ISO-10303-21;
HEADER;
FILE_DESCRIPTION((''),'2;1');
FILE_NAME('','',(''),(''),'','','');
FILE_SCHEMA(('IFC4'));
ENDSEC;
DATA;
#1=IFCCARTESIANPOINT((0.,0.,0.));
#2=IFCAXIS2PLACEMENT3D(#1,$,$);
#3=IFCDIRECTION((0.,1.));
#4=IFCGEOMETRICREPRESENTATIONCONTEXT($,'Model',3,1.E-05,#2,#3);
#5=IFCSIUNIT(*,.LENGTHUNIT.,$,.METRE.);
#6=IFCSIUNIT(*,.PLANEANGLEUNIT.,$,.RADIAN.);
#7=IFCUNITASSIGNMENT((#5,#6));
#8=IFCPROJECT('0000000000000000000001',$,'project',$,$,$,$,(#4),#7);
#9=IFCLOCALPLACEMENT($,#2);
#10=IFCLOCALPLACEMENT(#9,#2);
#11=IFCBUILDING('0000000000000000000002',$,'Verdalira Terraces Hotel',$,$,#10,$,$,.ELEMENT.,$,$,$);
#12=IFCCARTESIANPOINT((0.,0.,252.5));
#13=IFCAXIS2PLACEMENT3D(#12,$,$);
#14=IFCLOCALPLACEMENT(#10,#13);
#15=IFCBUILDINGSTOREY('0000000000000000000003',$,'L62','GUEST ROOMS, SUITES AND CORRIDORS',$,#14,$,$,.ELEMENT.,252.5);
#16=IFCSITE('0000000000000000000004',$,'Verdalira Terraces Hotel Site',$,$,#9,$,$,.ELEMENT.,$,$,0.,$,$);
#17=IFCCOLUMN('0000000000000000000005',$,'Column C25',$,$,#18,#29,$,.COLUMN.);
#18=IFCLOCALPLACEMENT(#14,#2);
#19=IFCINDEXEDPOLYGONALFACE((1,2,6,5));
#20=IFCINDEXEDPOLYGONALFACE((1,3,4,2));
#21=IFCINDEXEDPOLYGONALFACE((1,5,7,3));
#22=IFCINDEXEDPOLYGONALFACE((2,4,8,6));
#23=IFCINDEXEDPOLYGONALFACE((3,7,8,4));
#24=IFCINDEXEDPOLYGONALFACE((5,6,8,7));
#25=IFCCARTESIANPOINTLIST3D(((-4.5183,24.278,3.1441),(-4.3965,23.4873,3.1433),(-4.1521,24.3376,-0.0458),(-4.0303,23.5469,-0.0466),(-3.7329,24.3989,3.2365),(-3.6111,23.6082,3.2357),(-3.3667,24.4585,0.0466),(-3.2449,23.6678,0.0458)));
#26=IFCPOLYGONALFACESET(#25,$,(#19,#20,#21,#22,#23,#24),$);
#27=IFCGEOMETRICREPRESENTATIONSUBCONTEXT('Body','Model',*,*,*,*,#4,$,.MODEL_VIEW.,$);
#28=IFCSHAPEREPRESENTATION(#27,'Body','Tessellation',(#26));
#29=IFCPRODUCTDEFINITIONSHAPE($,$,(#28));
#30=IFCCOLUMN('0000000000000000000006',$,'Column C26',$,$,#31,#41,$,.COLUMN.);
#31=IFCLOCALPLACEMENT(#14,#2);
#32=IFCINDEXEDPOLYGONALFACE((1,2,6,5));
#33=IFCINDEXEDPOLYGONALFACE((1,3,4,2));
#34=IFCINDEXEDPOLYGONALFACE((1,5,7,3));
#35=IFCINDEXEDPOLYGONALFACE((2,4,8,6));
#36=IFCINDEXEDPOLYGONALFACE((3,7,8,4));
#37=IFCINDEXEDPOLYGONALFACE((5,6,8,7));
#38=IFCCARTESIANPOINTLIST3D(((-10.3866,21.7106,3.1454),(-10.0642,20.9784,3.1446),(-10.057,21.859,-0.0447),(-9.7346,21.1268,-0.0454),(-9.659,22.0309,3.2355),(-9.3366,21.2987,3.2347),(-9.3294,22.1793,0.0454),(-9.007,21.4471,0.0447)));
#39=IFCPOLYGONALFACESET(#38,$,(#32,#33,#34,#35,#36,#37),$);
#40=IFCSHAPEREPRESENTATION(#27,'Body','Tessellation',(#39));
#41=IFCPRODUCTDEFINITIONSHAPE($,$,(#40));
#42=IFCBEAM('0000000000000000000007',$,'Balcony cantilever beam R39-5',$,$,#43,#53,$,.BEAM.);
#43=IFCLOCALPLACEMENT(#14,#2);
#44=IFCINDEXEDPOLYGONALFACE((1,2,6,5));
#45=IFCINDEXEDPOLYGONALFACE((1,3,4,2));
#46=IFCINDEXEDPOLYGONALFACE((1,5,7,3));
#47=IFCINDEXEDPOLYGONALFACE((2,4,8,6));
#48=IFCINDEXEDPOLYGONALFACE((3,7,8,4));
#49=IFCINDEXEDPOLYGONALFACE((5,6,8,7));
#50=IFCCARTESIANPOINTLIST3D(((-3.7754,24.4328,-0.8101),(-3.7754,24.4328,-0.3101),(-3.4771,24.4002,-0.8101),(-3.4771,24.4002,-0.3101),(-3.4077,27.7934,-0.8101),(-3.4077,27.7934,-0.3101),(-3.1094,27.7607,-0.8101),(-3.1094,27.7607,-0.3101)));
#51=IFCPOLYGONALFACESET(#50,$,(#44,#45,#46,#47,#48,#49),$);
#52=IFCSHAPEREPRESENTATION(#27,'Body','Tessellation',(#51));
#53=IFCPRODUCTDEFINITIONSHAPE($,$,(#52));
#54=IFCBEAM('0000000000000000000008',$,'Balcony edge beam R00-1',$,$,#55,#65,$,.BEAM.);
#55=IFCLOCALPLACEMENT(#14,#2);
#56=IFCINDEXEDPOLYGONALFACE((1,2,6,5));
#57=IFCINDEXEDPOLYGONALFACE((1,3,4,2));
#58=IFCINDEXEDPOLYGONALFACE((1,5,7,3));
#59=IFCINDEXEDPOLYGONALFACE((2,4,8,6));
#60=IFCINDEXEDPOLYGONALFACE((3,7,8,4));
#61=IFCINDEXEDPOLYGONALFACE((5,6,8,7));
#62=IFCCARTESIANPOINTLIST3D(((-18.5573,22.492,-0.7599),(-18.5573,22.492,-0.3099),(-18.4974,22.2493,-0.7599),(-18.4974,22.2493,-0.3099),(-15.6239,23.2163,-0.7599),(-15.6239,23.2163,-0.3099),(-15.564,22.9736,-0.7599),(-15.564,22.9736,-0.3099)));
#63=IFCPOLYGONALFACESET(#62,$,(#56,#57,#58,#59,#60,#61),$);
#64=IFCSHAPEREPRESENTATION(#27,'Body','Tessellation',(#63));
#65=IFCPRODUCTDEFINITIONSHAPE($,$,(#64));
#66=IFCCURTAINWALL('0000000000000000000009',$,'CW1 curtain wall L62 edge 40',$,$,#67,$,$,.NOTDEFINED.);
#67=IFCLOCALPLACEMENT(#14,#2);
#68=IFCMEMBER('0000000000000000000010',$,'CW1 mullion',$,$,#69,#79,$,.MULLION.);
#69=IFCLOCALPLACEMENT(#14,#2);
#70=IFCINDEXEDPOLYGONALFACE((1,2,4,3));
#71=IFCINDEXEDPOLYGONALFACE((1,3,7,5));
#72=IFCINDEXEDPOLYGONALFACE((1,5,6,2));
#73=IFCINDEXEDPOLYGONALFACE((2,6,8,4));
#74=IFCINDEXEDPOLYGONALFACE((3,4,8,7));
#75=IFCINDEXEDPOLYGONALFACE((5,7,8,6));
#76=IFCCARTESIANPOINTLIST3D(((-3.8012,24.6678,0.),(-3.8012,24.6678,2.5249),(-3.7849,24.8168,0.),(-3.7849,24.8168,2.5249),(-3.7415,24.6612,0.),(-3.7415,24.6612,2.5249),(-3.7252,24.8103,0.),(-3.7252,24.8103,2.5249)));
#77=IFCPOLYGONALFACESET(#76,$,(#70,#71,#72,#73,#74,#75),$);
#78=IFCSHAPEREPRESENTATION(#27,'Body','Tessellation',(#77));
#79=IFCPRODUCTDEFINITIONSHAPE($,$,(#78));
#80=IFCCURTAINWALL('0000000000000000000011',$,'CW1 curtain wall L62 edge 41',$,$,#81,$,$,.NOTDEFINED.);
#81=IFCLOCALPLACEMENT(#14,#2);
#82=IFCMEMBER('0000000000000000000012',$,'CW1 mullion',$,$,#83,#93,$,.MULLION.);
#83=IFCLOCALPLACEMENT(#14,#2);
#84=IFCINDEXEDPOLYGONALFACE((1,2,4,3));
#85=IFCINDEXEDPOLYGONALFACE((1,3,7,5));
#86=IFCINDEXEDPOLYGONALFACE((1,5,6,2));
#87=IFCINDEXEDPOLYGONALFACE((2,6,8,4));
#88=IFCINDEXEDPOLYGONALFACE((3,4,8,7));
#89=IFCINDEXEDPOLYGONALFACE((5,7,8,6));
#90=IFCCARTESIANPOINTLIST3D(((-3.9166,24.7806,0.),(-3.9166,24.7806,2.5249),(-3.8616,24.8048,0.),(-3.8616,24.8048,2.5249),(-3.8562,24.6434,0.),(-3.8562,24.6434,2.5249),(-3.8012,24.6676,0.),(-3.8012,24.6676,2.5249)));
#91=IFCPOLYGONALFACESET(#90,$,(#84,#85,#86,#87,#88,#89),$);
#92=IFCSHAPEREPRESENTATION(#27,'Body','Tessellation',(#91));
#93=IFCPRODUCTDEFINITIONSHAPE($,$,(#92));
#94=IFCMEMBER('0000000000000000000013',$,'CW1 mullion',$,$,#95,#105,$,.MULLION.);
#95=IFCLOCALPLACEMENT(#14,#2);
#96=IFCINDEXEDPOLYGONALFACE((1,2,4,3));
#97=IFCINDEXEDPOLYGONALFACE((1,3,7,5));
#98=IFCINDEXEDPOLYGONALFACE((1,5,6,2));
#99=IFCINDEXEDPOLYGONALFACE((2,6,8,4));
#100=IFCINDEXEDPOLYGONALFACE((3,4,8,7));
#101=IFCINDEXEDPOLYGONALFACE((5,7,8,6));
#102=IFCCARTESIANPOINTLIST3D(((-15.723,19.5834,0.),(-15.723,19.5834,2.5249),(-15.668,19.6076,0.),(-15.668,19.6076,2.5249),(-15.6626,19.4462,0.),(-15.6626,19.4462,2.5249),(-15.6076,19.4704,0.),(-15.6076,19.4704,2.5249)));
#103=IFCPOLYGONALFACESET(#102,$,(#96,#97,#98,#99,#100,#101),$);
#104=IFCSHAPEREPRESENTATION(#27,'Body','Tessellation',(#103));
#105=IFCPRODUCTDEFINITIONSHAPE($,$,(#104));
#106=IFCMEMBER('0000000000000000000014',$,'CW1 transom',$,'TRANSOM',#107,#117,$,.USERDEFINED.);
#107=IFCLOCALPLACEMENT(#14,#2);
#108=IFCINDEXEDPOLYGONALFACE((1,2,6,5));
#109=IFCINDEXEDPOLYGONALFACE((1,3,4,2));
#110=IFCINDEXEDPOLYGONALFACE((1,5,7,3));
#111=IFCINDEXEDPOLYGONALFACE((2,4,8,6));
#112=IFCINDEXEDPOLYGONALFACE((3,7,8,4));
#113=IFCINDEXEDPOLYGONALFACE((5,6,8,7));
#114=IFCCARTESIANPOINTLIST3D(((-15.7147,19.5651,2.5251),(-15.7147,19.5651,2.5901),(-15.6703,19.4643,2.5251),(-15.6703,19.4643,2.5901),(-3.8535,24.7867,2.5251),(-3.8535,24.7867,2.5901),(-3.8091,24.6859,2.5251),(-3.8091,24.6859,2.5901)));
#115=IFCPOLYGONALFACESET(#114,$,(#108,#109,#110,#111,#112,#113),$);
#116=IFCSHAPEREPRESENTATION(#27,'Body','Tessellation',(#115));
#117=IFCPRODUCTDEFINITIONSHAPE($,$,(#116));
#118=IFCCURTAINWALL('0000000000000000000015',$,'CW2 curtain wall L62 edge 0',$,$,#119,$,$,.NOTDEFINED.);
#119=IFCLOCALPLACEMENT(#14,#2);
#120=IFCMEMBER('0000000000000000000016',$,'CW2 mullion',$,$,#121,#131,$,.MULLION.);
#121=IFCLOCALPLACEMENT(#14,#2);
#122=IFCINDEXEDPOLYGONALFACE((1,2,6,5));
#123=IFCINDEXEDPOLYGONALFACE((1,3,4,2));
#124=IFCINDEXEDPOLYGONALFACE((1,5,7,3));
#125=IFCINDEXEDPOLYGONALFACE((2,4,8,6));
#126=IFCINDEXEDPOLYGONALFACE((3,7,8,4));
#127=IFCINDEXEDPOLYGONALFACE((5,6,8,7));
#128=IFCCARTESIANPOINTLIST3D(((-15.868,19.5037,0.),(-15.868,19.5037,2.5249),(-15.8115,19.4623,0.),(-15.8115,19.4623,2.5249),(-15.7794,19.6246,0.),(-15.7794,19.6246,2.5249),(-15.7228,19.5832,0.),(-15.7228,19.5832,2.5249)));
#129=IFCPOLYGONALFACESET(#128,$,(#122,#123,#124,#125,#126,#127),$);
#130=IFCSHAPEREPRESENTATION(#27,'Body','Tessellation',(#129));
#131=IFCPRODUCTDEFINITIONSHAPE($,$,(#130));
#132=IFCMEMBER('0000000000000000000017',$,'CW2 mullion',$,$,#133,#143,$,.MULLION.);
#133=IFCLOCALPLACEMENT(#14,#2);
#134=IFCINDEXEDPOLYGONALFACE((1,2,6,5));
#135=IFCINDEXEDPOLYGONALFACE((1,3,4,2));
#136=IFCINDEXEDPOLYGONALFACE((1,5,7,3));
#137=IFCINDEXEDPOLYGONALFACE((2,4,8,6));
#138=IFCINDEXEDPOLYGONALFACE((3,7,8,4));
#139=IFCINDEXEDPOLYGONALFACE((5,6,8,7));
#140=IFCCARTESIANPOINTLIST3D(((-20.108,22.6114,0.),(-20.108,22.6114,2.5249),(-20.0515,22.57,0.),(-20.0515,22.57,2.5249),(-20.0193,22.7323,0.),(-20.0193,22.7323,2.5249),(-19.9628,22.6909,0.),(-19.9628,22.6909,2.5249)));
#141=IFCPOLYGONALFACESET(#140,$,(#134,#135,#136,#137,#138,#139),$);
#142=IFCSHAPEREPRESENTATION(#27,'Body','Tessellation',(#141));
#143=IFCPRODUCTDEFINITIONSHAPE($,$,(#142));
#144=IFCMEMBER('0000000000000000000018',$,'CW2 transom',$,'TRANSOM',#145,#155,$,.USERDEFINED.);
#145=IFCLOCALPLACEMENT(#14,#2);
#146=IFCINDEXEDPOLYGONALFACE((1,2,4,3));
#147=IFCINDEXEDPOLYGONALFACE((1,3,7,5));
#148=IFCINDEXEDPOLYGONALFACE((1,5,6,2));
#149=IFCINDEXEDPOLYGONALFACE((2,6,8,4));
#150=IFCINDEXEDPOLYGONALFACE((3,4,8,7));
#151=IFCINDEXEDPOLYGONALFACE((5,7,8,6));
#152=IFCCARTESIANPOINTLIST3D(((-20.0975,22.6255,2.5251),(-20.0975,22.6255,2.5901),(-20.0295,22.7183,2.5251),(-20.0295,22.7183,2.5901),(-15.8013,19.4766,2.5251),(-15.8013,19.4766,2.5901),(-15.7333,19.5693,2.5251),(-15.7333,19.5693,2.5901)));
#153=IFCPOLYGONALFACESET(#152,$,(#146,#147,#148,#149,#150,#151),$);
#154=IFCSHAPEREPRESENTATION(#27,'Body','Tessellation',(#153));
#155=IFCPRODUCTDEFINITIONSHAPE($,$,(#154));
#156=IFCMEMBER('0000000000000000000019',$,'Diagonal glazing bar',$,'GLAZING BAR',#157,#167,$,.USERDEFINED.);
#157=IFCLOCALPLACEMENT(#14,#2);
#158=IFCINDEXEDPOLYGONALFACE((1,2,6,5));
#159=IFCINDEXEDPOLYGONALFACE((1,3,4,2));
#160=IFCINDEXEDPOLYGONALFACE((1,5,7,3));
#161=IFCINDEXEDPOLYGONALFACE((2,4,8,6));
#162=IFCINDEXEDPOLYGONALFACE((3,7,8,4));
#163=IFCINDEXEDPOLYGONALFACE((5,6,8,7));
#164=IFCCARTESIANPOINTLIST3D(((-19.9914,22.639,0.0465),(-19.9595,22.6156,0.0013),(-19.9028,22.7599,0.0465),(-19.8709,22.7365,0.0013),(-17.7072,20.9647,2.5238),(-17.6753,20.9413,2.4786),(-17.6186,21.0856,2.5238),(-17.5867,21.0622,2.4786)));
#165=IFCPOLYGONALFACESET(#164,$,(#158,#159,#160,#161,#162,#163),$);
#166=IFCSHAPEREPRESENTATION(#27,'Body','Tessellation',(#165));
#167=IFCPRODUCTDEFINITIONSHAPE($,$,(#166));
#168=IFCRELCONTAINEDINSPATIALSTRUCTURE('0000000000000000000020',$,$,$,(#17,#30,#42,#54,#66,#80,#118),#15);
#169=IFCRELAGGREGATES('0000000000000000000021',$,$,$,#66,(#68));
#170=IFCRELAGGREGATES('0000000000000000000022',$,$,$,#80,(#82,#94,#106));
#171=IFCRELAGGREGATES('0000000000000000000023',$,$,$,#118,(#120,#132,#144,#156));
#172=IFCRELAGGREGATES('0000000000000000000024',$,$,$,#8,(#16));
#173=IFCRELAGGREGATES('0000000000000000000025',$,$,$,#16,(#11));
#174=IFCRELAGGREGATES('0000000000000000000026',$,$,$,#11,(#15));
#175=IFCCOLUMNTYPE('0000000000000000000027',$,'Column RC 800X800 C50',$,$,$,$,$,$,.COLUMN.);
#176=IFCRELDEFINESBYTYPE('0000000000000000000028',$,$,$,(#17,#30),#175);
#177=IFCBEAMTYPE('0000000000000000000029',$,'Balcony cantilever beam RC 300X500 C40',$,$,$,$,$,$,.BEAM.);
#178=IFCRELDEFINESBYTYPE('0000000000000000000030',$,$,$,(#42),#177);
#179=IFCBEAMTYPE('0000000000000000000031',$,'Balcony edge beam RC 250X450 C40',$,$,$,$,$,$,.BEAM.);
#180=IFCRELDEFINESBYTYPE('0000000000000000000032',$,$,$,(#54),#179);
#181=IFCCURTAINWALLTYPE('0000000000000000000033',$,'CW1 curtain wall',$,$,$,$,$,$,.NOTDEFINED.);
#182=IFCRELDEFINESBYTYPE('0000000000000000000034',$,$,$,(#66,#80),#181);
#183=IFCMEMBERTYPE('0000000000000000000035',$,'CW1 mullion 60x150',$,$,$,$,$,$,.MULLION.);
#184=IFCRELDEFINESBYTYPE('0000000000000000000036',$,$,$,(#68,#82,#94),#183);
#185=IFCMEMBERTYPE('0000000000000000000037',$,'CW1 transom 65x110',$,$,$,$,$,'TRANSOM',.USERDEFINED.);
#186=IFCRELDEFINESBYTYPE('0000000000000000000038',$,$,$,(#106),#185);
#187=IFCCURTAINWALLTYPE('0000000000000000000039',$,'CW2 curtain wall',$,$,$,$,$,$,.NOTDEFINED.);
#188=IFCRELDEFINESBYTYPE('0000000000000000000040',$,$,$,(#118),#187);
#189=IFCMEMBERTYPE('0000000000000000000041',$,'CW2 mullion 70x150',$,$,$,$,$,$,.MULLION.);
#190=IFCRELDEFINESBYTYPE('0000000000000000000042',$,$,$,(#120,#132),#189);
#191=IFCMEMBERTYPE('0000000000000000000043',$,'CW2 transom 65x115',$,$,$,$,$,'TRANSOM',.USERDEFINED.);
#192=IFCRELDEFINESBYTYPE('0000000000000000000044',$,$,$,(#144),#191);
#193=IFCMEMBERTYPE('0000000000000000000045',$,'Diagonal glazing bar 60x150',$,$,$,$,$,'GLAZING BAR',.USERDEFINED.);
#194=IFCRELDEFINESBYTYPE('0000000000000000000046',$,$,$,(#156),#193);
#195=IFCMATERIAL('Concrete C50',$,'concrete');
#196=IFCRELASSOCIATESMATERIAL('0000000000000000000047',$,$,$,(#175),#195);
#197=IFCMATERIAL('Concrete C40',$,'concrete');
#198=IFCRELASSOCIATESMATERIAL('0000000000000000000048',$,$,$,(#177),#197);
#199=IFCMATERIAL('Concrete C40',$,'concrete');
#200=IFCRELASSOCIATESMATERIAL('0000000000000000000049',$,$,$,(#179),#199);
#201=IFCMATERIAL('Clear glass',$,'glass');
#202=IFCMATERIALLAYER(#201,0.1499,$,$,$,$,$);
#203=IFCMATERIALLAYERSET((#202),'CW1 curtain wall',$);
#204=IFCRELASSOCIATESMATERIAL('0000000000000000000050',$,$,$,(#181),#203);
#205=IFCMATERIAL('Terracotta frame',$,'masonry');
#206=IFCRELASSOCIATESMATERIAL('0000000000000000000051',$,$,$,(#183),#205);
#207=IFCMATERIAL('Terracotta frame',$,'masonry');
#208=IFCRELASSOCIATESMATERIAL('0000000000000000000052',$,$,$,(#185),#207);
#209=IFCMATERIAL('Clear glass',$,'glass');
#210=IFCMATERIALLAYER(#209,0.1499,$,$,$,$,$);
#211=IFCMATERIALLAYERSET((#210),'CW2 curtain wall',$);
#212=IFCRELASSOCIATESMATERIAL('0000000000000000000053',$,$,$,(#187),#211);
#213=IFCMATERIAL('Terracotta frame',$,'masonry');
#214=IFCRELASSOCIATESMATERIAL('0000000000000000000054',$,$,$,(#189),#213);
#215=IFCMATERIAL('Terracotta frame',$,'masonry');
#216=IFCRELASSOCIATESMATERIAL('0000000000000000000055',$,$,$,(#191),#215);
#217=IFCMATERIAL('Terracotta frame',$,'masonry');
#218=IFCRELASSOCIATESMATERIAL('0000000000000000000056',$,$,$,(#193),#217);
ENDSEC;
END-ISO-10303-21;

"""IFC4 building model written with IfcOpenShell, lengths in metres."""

from ifc_helpers import new_model, si_unit, direction, frame, origin, origin_2d, place, context, subcontext, project, spatial, rectangle, extrude, material, layer, layer_set, material_profile, profile_set, type_object, element, aggregate, save


model = new_model("IFC4")

# Units and contexts
model_context = context("Model", 3, precision=1e-05, world=origin(), true_north=direction((0.0, 1.0)))
body_context = subcontext(model_context, "Body", "Model", "MODEL_VIEW")
ifc_project = project(units=[si_unit("LENGTHUNIT", "METRE"), si_unit("PLANEANGLEUNIT", "RADIAN")], contexts=[model_context])

# Site, building, storey
site_placement = place(None, origin())
site = spatial("IfcSite", under=ifc_project, at=site_placement, Name="Verdalira Terraces Hotel Site", CompositionType="ELEMENT", RefElevation=0.0)
building_placement = place(site_placement, origin())
building = spatial("IfcBuilding", under=site, at=building_placement, Name="Verdalira Terraces Hotel", CompositionType="ELEMENT")
storey_placement = place(building_placement, frame((0.0, 0.0, 252.5)))
storey = spatial("IfcBuildingStorey", under=building, at=storey_placement, Name="L62", Description="GUEST ROOMS, SUITES AND CORRIDORS", CompositionType="ELEMENT", Elevation=252.5)

# Columns
ifc_material_1 = material(Name="Concrete C50", Category="concrete")
ifc_material_profile_1 = material_profile(ifc_material_1, rectangle(XDim=0.8, YDim=0.8, at=origin_2d()), Name="RC 800X800")
ifc_profile_set_1 = profile_set([ifc_material_profile_1], Name="Concrete C50")
column_type = type_object("IfcColumnType", Name="Column RC 800X800 C50", PredefinedType="COLUMN", material=ifc_profile_set_1)
column_1_placement = place(storey_placement, frame((-3.6985, 24.0027, 0.0), z_axis=(-0.114033, -0.018549, 0.993304), x_axis=(0.981736, 0.151152, 0.115528)))
element("IfcColumn", 1, at=column_1_placement, inside=storey, type_object=column_type, Name="Column C25", PredefinedType="COLUMN", context=body_context, shape_type="SweptSolid", body=[
    extrude(rectangle(XDim=0.8, YDim=0.8, at=origin_2d()), origin(), (0.0, 0.0, 1.0), 3.2114),
])
column_2_placement = place(storey_placement, frame((-9.532, 21.6531, 0.0), z_axis=(-0.102665, -0.046237, 0.993641), x_axis=(-0.909427, -0.400332, -0.112592)))
element("IfcColumn", 2, at=column_2_placement, inside=storey, type_object=column_type, Name="Column C26", PredefinedType="COLUMN", context=body_context, shape_type="SweptSolid", body=[
    extrude(rectangle(XDim=0.8, YDim=0.8, at=origin_2d()), origin(), (0.0, 0.0, 1.0), 3.2104),
])

# Beams
ifc_material_2 = material(Name="Concrete C40", Category="concrete")
ifc_material_profile_2 = material_profile(ifc_material_2, rectangle(XDim=0.3, YDim=0.5, at=origin_2d()), Name="RC 300X500")
ifc_profile_set_2 = profile_set([ifc_material_profile_2], Name="Concrete C40")
beam_type_1 = type_object("IfcBeamType", Name="Balcony cantilever beam RC 300X500 C40", PredefinedType="BEAM", material=ifc_profile_set_2)
beam_1_placement = place(storey_placement, frame((-3.6262, 24.4165, -0.5601), z_axis=(0.108759, 0.994068, 0.0), x_axis=(-0.994068, 0.108759, 0.0)))
element("IfcBeam", 3, at=beam_1_placement, inside=storey, type_object=beam_type_1, Name="Balcony cantilever beam R39-5", PredefinedType="BEAM", context=body_context, shape_type="SweptSolid", body=[
    extrude(rectangle(XDim=0.3, YDim=0.5, at=origin_2d()), origin(), (0.0, 0.0, 1.0), 3.3806),
])
ifc_material_3 = material(Name="Concrete C40", Category="concrete")
ifc_material_profile_3 = material_profile(ifc_material_3, rectangle(XDim=0.25, YDim=0.45, at=origin_2d()), Name="RC 250X450")
ifc_profile_set_3 = profile_set([ifc_material_profile_3], Name="Concrete C40")
beam_type_2 = type_object("IfcBeamType", Name="Balcony edge beam RC 250X450 C40", PredefinedType="BEAM", material=ifc_profile_set_3)
beam_2_placement = place(storey_placement, frame((-18.5273, 22.3706, -0.5349), z_axis=(0.970837, 0.23974, 0.0), x_axis=(-0.23974, 0.970837, 0.0)))
element("IfcBeam", 4, at=beam_2_placement, inside=storey, type_object=beam_type_2, Name="Balcony edge beam R00-1", PredefinedType="BEAM", context=body_context, shape_type="SweptSolid", body=[
    extrude(rectangle(XDim=0.25, YDim=0.45, at=origin_2d()), origin(), (0.0, 0.0, 1.0), 3.0215),
])

# Curtain wall, member
ifc_material_4 = material(Name="Clear glass", Category="glass")
ifc_layer_1 = layer(ifc_material_4, 0.1499)
ifc_layer_set_1 = layer_set([ifc_layer_1], Name="CW1 curtain wall")
curtain_wall_type_1 = type_object("IfcCurtainWallType", Name="CW1 curtain wall", PredefinedType="NOTDEFINED", material=ifc_layer_set_1)
curtain_wall_1_placement = place(storey_placement, origin())
curtain_wall_1 = element("IfcCurtainWall", 5, at=curtain_wall_1_placement, inside=storey, type_object=curtain_wall_type_1, Name="CW1 curtain wall L62 edge 40", PredefinedType="NOTDEFINED")
ifc_material_5 = material(Name="Terracotta frame", Category="masonry")
ifc_material_profile_4 = material_profile(ifc_material_5, rectangle(XDim=0.0601, YDim=0.1499, at=origin_2d()), Name="MU 60x150")
ifc_profile_set_4 = profile_set([ifc_material_profile_4], Name="Terracotta frame")
member_type_1 = type_object("IfcMemberType", Name="CW1 mullion 60x150", PredefinedType="MULLION", material=ifc_profile_set_4)
member_1_placement = place(storey_placement, frame((-3.7632, 24.739, 0.0), z_axis=(0.0, 0.0, 1.0), x_axis=(-0.994075, 0.108693, 0.0)))
member_1 = element("IfcMember", 6, at=member_1_placement, type_object=member_type_1, Name="CW1 mullion", PredefinedType="MULLION", context=body_context, shape_type="SweptSolid", body=[
    extrude(rectangle(XDim=0.0601, YDim=0.1499, at=origin_2d()), origin(), (0.0, 0.0, 1.0), 2.5249),
])
aggregate(curtain_wall_1, [member_1])

# Curtain walls, members
curtain_wall_2_placement = place(storey_placement, origin())
curtain_wall_2 = element("IfcCurtainWall", 7, at=curtain_wall_2_placement, inside=storey, type_object=curtain_wall_type_1, Name="CW1 curtain wall L62 edge 41", PredefinedType="NOTDEFINED")
member_2_placement = place(storey_placement, frame((-3.8589, 24.7241, 0.0), z_axis=(0.0, 0.0, 1.0), x_axis=(-0.915241, -0.402906, 0.0)))
member_2 = element("IfcMember", 8, at=member_2_placement, type_object=member_type_1, Name="CW1 mullion", PredefinedType="MULLION", context=body_context, shape_type="SweptSolid", body=[
    extrude(rectangle(XDim=0.0601, YDim=0.1499, at=origin_2d()), origin(), (0.0, 0.0, 1.0), 2.5249),
])
member_3_placement = place(storey_placement, frame((-15.6653, 19.5269, 0.0), z_axis=(0.0, 0.0, 1.0), x_axis=(-0.915241, -0.402906, 0.0)))
member_3 = element("IfcMember", 9, at=member_3_placement, type_object=member_type_1, Name="CW1 mullion", PredefinedType="MULLION", context=body_context, shape_type="SweptSolid", body=[
    extrude(rectangle(XDim=0.0601, YDim=0.1499, at=origin_2d()), origin(), (0.0, 0.0, 1.0), 2.5249),
])
ifc_material_6 = material(Name="Terracotta frame", Category="masonry")
ifc_material_profile_5 = material_profile(ifc_material_6, rectangle(XDim=0.1101, YDim=0.0649, at=origin_2d()), Name="TR 65x110")
ifc_profile_set_5 = profile_set([ifc_material_profile_5], Name="Terracotta frame")
member_type_2 = type_object("IfcMemberType", Name="CW1 transom 65x110", ElementType="TRANSOM", PredefinedType="USERDEFINED", material=ifc_profile_set_5)
member_4_placement = place(storey_placement, frame((-3.8313, 24.7363, 2.5576), z_axis=(-0.915238, -0.402913, 0.0), x_axis=(0.402913, -0.915238, 0.0)))
member_4 = element("IfcMember", 10, at=member_4_placement, type_object=member_type_2, Name="CW1 transom", ObjectType="TRANSOM", PredefinedType="USERDEFINED", context=body_context, shape_type="SweptSolid", body=[
    extrude(rectangle(XDim=0.1101, YDim=0.0649, at=origin_2d()), origin(), (0.0, 0.0, 1.0), 12.9597),
])
ifc_material_7 = material(Name="Clear glass", Category="glass")
ifc_layer_2 = layer(ifc_material_7, 0.1499)
ifc_layer_set_2 = layer_set([ifc_layer_2], Name="CW2 curtain wall")
curtain_wall_type_2 = type_object("IfcCurtainWallType", Name="CW2 curtain wall", PredefinedType="NOTDEFINED", material=ifc_layer_set_2)
curtain_wall_3_placement = place(storey_placement, origin())
curtain_wall_3 = element("IfcCurtainWall", 11, at=curtain_wall_3_placement, inside=storey, type_object=curtain_wall_type_2, Name="CW2 curtain wall L62 edge 0", PredefinedType="NOTDEFINED")
ifc_material_8 = material(Name="Terracotta frame", Category="masonry")
ifc_material_profile_6 = material_profile(ifc_material_8, rectangle(XDim=0.0701, YDim=0.1499, at=origin_2d()), Name="MU 70x150")
ifc_profile_set_6 = profile_set([ifc_material_profile_6], Name="Terracotta frame")
member_type_3 = type_object("IfcMemberType", Name="CW2 mullion 70x150", PredefinedType="MULLION", material=ifc_profile_set_6)
member_5_placement = place(storey_placement, frame((-15.7954, 19.5435, 0.0), z_axis=(0.0, 0.0, 1.0), x_axis=(-0.806548, 0.591169, 0.0)))
member_5 = element("IfcMember", 12, at=member_5_placement, type_object=member_type_3, Name="CW2 mullion", PredefinedType="MULLION", context=body_context, shape_type="SweptSolid", body=[
    extrude(rectangle(XDim=0.0701, YDim=0.1499, at=origin_2d()), origin(), (0.0, 0.0, 1.0), 2.5249),
])
member_6_placement = place(storey_placement, frame((-20.0354, 22.6511, 0.0), z_axis=(0.0, 0.0, 1.0), x_axis=(-0.806548, 0.591169, 0.0)))
member_6 = element("IfcMember", 13, at=member_6_placement, type_object=member_type_3, Name="CW2 mullion", PredefinedType="MULLION", context=body_context, shape_type="SweptSolid", body=[
    extrude(rectangle(XDim=0.0701, YDim=0.1499, at=origin_2d()), origin(), (0.0, 0.0, 1.0), 2.5249),
])
ifc_material_9 = material(Name="Terracotta frame", Category="masonry")
ifc_material_profile_7 = material_profile(ifc_material_9, rectangle(XDim=0.115, YDim=0.0649, at=origin_2d()), Name="TR 65x115")
ifc_profile_set_7 = profile_set([ifc_material_profile_7], Name="Terracotta frame")
member_type_4 = type_object("IfcMemberType", Name="CW2 transom 65x115", ElementType="TRANSOM", PredefinedType="USERDEFINED", material=ifc_profile_set_7)
member_7_placement = place(storey_placement, frame((-15.7673, 19.5229, 2.5576), z_axis=(-0.806546, 0.591171, 0.0), x_axis=(-0.591171, -0.806546, 0.0)))
member_7 = element("IfcMember", 14, at=member_7_placement, type_object=member_type_4, Name="CW2 transom", ObjectType="TRANSOM", PredefinedType="USERDEFINED", context=body_context, shape_type="SweptSolid", body=[
    extrude(rectangle(XDim=0.115, YDim=0.0649, at=origin_2d()), origin(), (0.0, 0.0, 1.0), 5.3267),
])
ifc_material_10 = material(Name="Terracotta frame", Category="masonry")
ifc_material_profile_8 = material_profile(ifc_material_10, rectangle(XDim=0.1499, YDim=0.0601, at=origin_2d()), Name="GB 60x150")
ifc_profile_set_8 = profile_set([ifc_material_profile_8], Name="Terracotta frame")
member_type_5 = type_object("IfcMemberType", Name="Diagonal glazing bar 60x150", ElementType="GLAZING BAR", PredefinedType="USERDEFINED", material=ifc_profile_set_8)
member_8_placement = place(storey_placement, frame((-17.647, 21.0134, 2.5012), z_axis=(-0.607061, 0.444979, -0.658385), x_axis=(-0.591192, -0.806531, 0.0)))
member_8 = element("IfcMember", 15, at=member_8_placement, type_object=member_type_5, Name="Diagonal glazing bar", ObjectType="GLAZING BAR", PredefinedType="USERDEFINED", context=body_context, shape_type="SweptSolid", body=[
    extrude(rectangle(XDim=0.1499, YDim=0.0601, at=origin_2d()), origin(), (0.0, 0.0, 1.0), 3.7627),
])

aggregate(curtain_wall_2, [member_2, member_3, member_4])
aggregate(curtain_wall_3, [member_5, member_6, member_7, member_8])

save(model, "model.ifc")
